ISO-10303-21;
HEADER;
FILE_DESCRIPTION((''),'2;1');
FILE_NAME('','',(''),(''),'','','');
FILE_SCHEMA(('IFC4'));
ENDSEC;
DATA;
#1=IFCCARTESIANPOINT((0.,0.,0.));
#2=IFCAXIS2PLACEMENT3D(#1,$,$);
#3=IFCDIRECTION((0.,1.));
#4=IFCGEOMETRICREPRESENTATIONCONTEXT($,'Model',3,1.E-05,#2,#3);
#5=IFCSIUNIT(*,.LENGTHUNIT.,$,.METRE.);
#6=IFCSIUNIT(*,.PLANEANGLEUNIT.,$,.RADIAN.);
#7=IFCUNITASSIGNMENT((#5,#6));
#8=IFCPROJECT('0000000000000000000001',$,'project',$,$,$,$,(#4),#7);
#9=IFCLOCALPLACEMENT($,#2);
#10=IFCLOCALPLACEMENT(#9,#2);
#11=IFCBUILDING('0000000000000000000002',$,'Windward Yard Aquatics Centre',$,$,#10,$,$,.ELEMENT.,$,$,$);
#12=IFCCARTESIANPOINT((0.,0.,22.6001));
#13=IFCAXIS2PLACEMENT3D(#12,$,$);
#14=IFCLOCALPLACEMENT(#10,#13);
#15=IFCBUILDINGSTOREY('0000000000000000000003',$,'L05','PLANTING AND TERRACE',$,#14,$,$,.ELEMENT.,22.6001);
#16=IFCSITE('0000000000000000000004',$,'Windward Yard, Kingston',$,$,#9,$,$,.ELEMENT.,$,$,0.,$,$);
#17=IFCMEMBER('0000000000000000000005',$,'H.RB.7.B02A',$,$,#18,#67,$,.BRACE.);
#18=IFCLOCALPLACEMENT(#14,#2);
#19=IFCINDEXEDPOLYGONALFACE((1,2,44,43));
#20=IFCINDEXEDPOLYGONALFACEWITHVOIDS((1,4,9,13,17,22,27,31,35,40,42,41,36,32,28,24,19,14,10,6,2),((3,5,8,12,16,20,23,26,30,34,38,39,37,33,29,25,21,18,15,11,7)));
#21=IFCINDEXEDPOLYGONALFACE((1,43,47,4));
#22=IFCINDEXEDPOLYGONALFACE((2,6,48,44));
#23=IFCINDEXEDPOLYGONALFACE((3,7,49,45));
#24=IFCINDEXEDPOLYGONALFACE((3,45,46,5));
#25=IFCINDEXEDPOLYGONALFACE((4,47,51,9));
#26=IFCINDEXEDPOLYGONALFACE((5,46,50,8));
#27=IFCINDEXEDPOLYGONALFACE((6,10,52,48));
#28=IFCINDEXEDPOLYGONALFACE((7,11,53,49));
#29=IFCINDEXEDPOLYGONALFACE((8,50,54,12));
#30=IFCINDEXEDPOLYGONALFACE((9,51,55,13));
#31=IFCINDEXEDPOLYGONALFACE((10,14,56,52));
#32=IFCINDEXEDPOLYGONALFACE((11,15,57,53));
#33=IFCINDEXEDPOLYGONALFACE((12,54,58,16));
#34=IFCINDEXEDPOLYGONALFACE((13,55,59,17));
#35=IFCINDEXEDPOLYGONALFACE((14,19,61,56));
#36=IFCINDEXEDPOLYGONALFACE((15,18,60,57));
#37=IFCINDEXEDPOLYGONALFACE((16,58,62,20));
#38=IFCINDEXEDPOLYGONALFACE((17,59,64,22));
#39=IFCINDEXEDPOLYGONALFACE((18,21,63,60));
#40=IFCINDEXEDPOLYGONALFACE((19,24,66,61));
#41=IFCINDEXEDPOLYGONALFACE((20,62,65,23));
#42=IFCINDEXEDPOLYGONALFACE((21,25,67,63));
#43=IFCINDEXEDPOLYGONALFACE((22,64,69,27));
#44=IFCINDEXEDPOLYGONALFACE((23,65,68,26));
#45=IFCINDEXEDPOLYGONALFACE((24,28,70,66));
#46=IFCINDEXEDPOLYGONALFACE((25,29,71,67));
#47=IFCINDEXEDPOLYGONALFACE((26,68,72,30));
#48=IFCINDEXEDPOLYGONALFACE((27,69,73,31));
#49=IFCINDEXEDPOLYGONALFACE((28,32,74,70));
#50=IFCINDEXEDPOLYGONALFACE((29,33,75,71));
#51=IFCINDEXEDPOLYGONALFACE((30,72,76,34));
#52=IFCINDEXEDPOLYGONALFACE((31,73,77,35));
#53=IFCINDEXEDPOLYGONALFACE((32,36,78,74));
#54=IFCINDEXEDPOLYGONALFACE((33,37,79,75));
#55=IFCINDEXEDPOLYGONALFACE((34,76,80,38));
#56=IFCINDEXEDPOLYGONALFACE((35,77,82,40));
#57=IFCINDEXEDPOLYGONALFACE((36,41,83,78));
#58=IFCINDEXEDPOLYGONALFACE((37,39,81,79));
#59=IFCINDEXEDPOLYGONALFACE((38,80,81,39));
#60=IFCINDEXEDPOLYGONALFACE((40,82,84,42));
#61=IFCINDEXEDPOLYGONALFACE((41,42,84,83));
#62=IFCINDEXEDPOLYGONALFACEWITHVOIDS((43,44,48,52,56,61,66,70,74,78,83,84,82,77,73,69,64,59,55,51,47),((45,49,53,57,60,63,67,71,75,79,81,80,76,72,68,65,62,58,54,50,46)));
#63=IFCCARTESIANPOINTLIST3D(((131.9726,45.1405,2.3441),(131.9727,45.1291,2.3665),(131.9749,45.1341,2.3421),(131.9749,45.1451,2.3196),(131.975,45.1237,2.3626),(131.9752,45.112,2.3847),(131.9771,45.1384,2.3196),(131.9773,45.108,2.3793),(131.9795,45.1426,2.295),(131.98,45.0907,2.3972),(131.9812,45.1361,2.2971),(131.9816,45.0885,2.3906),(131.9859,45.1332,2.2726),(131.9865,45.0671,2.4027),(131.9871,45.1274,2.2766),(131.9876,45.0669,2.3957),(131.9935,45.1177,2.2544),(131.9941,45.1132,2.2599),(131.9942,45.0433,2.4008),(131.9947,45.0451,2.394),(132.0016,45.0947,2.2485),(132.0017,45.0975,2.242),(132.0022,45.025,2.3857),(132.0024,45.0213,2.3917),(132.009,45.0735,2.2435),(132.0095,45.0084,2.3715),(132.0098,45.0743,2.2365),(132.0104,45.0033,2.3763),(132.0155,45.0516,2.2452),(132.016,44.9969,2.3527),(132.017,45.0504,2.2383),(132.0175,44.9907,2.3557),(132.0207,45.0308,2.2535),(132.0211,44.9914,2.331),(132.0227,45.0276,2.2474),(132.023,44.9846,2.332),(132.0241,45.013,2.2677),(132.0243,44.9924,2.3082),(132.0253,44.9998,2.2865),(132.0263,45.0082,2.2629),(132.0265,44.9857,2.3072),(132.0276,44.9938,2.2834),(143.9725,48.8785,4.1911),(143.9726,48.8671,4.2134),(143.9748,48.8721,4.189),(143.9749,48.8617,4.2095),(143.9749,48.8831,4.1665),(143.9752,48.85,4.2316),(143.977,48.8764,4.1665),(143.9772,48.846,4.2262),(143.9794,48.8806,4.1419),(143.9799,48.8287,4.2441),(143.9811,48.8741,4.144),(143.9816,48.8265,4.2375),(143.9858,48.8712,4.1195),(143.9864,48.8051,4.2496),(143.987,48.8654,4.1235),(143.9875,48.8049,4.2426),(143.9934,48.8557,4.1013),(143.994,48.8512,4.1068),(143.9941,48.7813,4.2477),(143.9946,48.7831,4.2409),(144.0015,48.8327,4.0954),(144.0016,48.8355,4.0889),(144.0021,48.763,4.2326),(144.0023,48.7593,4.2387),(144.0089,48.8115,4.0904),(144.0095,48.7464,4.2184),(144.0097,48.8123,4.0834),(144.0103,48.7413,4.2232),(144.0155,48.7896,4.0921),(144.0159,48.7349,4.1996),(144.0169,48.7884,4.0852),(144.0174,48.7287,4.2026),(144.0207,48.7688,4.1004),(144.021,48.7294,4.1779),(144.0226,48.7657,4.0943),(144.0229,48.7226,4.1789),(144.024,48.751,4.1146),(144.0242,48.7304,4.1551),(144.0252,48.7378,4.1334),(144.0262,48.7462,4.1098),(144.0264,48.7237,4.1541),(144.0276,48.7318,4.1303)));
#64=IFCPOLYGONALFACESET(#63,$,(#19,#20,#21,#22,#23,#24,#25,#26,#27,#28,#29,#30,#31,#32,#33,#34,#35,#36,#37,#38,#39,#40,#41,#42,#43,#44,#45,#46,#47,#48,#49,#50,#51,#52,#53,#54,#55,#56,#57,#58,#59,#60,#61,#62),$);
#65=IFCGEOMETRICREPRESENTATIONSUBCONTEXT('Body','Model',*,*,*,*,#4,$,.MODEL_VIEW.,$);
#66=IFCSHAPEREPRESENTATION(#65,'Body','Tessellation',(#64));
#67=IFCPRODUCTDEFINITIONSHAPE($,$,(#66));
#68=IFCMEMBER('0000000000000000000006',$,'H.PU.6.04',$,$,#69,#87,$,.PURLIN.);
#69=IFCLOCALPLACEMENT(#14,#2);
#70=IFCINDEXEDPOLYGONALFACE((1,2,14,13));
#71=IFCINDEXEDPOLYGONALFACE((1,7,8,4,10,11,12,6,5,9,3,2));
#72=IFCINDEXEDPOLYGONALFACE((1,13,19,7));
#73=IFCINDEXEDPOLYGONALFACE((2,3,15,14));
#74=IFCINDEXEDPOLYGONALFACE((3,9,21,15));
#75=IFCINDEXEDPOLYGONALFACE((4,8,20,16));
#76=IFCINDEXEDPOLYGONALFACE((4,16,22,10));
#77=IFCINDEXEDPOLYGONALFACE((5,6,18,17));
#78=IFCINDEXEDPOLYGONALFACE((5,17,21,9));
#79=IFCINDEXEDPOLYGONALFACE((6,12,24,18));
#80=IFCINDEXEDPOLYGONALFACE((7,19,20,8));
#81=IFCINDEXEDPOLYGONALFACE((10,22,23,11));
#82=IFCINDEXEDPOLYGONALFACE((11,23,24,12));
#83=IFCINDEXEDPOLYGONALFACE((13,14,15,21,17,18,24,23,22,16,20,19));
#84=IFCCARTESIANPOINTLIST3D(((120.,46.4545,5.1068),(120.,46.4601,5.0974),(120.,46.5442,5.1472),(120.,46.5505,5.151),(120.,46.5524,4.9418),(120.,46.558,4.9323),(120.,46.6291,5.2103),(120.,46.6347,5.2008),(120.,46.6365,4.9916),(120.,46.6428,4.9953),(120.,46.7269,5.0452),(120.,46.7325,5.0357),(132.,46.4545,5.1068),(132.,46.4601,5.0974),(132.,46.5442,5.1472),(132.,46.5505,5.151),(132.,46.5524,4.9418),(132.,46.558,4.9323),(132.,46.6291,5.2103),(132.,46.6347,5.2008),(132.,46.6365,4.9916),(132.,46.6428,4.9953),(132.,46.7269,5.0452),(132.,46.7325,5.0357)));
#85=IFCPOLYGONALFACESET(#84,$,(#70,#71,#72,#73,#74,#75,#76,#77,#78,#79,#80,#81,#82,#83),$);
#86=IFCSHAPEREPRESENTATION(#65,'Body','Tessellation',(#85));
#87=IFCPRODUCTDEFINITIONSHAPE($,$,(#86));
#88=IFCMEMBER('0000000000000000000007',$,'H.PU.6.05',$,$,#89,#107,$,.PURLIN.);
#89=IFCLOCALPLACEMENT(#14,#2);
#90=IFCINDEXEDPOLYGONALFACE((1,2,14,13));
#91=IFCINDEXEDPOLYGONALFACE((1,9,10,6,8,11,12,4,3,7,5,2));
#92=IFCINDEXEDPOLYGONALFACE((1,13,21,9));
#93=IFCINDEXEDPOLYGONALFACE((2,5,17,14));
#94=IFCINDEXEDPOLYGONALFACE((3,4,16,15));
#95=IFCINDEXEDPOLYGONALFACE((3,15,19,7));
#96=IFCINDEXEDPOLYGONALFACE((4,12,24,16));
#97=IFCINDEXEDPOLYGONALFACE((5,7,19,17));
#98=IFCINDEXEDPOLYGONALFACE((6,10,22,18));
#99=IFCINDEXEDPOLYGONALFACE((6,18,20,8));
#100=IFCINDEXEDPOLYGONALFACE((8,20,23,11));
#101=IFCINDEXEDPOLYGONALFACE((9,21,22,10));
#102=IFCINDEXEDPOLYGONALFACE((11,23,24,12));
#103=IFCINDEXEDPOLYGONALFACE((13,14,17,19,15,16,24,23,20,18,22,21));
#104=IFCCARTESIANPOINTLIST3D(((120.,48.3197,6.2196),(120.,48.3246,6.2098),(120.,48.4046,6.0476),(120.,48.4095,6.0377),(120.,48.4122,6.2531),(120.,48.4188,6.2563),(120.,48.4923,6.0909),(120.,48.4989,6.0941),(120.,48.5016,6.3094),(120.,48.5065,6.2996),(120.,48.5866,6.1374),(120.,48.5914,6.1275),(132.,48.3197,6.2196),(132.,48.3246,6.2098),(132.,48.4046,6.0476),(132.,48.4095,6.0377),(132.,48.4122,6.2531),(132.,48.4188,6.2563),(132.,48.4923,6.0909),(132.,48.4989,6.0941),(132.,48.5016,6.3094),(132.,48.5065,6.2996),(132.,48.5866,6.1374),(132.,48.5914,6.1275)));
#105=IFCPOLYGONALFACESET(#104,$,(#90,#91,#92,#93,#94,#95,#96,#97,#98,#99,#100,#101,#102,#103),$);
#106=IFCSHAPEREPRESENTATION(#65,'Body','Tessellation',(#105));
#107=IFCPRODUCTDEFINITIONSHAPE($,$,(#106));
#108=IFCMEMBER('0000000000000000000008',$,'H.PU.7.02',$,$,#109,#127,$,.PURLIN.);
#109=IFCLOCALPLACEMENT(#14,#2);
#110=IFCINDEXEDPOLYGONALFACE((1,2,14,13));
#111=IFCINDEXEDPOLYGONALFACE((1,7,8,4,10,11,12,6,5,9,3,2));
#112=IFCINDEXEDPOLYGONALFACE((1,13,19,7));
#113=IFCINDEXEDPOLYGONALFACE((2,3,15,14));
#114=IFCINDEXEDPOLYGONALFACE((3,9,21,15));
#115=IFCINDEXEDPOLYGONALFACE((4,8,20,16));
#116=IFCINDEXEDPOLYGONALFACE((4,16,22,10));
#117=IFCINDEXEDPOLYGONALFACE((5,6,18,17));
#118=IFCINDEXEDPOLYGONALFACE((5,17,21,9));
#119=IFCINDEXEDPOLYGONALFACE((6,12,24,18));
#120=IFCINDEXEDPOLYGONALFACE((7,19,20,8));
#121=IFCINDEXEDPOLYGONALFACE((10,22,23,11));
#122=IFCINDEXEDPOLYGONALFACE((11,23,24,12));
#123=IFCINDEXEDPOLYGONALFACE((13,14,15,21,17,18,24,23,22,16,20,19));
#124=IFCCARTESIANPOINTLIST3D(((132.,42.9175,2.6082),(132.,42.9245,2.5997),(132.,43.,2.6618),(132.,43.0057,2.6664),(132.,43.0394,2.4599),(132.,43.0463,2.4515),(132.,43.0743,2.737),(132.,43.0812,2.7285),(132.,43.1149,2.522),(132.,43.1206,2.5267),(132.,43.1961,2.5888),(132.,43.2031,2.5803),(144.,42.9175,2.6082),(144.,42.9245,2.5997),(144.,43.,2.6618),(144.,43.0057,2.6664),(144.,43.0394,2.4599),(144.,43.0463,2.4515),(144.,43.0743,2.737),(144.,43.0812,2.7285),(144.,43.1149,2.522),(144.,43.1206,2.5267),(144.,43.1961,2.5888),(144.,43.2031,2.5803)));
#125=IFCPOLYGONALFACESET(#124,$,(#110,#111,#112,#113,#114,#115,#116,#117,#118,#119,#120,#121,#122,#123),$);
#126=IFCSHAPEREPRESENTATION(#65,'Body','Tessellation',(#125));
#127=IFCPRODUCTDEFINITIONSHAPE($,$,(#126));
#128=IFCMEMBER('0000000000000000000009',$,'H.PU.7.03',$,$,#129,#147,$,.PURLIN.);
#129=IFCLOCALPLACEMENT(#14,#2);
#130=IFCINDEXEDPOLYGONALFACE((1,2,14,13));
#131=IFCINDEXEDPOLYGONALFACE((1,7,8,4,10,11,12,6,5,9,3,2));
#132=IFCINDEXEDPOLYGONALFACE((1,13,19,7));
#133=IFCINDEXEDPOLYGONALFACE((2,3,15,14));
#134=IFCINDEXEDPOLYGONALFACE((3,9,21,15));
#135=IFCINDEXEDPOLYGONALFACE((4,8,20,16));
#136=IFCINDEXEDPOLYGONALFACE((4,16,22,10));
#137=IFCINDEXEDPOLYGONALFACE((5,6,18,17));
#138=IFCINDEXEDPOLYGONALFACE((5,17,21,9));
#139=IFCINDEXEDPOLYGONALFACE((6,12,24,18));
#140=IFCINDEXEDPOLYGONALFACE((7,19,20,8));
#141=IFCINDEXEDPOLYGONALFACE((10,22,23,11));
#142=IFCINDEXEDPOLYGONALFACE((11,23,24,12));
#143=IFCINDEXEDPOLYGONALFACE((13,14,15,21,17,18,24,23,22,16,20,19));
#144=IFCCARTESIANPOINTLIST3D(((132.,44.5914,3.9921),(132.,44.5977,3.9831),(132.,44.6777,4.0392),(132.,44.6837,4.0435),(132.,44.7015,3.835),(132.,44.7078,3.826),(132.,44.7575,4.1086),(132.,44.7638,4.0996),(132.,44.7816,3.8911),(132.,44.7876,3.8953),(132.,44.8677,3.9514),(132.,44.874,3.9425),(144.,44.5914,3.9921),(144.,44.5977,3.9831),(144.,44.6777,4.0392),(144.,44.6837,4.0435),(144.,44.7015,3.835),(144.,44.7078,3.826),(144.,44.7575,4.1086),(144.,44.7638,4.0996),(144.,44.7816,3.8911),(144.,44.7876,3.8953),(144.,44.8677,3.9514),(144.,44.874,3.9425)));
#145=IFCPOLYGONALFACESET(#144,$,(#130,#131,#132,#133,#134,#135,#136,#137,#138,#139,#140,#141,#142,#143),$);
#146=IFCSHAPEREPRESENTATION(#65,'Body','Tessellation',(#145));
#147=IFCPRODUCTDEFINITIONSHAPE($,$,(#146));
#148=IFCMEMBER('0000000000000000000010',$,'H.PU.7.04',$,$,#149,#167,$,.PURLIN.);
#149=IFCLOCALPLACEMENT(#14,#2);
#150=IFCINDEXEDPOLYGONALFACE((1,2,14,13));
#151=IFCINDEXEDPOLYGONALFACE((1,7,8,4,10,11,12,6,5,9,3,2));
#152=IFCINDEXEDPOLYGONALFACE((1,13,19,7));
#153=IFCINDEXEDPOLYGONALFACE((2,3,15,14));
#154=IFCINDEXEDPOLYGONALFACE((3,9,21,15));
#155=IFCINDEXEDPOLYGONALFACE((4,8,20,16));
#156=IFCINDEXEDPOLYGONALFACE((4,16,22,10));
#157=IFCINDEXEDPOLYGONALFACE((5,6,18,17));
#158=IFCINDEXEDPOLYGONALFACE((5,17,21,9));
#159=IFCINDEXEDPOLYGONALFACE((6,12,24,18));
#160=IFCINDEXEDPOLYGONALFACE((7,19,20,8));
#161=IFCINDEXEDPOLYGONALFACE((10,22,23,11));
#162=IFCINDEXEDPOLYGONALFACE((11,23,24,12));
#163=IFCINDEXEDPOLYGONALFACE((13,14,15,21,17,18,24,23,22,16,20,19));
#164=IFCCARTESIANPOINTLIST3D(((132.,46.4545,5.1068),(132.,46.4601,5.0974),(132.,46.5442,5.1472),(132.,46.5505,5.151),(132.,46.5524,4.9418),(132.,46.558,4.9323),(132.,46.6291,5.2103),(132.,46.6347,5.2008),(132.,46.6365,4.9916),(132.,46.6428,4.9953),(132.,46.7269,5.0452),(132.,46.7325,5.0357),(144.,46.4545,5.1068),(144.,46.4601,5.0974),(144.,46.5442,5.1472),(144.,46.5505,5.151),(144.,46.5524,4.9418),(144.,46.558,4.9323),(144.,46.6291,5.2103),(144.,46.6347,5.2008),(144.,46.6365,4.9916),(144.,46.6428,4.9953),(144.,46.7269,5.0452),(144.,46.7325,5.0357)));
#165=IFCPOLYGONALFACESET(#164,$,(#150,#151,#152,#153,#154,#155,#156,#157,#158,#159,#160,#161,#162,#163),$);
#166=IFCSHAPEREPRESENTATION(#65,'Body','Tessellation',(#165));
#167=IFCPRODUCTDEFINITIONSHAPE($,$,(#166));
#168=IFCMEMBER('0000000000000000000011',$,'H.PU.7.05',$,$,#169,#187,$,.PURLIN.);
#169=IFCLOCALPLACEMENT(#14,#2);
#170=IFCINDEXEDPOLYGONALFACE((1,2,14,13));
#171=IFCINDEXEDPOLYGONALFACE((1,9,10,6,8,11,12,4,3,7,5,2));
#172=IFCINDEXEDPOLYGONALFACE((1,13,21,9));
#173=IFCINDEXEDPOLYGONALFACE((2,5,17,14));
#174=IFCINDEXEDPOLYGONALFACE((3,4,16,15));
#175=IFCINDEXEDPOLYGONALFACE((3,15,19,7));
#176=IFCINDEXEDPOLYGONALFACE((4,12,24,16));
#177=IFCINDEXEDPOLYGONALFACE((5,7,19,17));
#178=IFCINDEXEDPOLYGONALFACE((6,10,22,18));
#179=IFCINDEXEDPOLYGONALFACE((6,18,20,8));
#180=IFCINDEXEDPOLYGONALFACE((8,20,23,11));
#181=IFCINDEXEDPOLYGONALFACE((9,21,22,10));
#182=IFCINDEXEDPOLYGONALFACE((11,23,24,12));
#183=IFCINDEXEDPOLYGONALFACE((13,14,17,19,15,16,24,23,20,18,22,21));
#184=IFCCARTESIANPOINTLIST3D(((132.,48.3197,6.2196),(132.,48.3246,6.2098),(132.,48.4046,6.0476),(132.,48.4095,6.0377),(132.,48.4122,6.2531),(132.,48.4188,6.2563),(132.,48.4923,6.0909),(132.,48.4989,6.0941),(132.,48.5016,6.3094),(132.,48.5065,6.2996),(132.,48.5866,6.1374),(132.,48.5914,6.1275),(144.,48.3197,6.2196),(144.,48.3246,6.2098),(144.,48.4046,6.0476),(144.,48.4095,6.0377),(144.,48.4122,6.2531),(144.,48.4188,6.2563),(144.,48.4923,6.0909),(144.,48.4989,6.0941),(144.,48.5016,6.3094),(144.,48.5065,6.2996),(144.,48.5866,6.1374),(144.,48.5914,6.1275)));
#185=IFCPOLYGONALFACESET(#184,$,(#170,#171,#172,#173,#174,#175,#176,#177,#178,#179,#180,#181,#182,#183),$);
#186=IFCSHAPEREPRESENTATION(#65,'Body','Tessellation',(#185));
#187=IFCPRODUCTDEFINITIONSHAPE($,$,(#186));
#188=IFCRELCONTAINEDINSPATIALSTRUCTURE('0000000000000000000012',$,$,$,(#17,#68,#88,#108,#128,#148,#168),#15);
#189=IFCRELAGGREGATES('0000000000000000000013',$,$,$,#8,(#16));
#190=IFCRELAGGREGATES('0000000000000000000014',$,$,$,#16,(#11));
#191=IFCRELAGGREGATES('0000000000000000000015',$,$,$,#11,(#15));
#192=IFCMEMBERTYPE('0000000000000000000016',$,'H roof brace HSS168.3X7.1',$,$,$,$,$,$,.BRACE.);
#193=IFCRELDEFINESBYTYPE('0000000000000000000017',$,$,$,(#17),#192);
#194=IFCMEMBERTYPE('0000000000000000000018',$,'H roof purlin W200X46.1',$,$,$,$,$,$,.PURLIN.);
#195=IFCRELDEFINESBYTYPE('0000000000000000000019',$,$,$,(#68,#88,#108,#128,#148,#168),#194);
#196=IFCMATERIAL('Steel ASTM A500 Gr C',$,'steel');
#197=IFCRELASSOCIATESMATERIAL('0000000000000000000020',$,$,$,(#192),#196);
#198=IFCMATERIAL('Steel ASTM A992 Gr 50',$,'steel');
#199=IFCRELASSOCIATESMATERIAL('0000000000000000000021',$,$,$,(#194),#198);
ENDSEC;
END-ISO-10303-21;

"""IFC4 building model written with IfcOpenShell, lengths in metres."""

from ifc_helpers import new_model, si_unit, direction, frame, origin, origin_2d, place, context, subcontext, project, spatial, hollow_circle, i_section, extrude, material, material_profile, profile_set, type_object, element, save


model = new_model("IFC4")

# Units and contexts
model_context = context("Model", 3, precision=1e-05, world=origin(), true_north=direction((0.0, 1.0)))
body_context = subcontext(model_context, "Body", "Model", "MODEL_VIEW")
ifc_project = project(units=[si_unit("LENGTHUNIT", "METRE"), si_unit("PLANEANGLEUNIT", "RADIAN")], contexts=[model_context])

# Site, building, storey
site_placement = place(None, origin())
site = spatial("IfcSite", under=ifc_project, at=site_placement, Name="Windward Yard, Kingston", CompositionType="ELEMENT", RefElevation=0.0)
building_placement = place(site_placement, origin())
building = spatial("IfcBuilding", under=site, at=building_placement, Name="Windward Yard Aquatics Centre", CompositionType="ELEMENT")
storey_placement = place(building_placement, frame((0.0, 0.0, 22.6001)))
storey = spatial("IfcBuildingStorey", under=building, at=storey_placement, Name="L05", Description="PLANTING AND TERRACE", CompositionType="ELEMENT", Elevation=22.6001)

# Shared definitions
ifc_material_1 = material(Name="Steel ASTM A500 Gr C", Category="steel")

# Shared definitions
ifc_material_2 = material(Name="Steel ASTM A992 Gr 50", Category="steel")

# Members
ifc_material_profile_1 = material_profile(ifc_material_1, hollow_circle(Radius=0.0842, WallThickness=0.0071, at=origin_2d()), Name="HSS168.3X7.1")
ifc_profile_set_1 = profile_set([ifc_material_profile_1], Name="Steel ASTM A500 Gr C")
member_type_1 = type_object("IfcMemberType", Name="H roof brace HSS168.3X7.1", PredefinedType="BRACE", material=ifc_profile_set_1)
member_1_placement = place(storey_placement, frame((132.0, 45.0647, 2.3196), z_axis=(0.944607, 0.294248, 0.145385), x_axis=(-0.297408, 0.954751, 0.0)))
element("IfcMember", 1, at=member_1_placement, inside=storey, type_object=member_type_1, Name="H.RB.7.B02A", PredefinedType="BRACE", context=body_context, shape_type="SweptSolid", body=[
    extrude(hollow_circle(Radius=0.0842, WallThickness=0.0071, at=origin_2d()), origin(), (0.0, 0.0, 1.0), 12.7036),
])
ifc_material_profile_2 = material_profile(ifc_material_2, i_section(OverallWidth=0.2029, OverallDepth=0.2029, WebThickness=0.0073, FlangeThickness=0.011, at=origin_2d()), Name="W200X46.1")
ifc_profile_set_2 = profile_set([ifc_material_profile_2], Name="Steel ASTM A992 Gr 50")
member_type_2 = type_object("IfcMemberType", Name="H roof purlin W200X46.1", PredefinedType="PURLIN", material=ifc_profile_set_2)
for number, where, z_axis, x_axis, name in (
    (2, (120.0, 46.5935, 5.0713), (1.0, 0.0, 0.0), (0.0, 0.86027, 0.509838), "H.PU.6.04"),
    (3, (120.0, 48.4556, 6.1736), (1.0, 0.0, 0.0), (0.0, 0.896687, 0.442665), "H.PU.6.05"),
    (4, (132.0, 43.0603, 2.5942), (1.0, 0.0, 0.0), (0.0, 0.772611, 0.63488), "H.PU.7.02"),
    (5, (132.0, 44.7327, 3.9673), (1.0, 0.0, 0.0), (0.0, 0.818831, 0.574035), "H.PU.7.03"),
    (6, (132.0, 46.5935, 5.0713), (1.0, 0.0, 0.0), (0.0, 0.86027, 0.509838), "H.PU.7.04"),
    (7, (132.0, 48.4556, 6.1736), (1.0, 0.0, 0.0), (0.0, 0.896687, 0.442665), "H.PU.7.05"),
):
    element("IfcMember", number, at=place(storey_placement, frame(where, z_axis=z_axis, x_axis=x_axis)), inside=storey, type_object=member_type_2, Name=name, PredefinedType="PURLIN", context=body_context, shape_type="SweptSolid", body=[
        extrude(i_section(OverallWidth=0.2029, OverallDepth=0.2029, WebThickness=0.0073, FlangeThickness=0.011, at=origin_2d()), origin(), (0.0, 0.0, 1.0), 12.0),
    ])

save(model, "model.ifc")
